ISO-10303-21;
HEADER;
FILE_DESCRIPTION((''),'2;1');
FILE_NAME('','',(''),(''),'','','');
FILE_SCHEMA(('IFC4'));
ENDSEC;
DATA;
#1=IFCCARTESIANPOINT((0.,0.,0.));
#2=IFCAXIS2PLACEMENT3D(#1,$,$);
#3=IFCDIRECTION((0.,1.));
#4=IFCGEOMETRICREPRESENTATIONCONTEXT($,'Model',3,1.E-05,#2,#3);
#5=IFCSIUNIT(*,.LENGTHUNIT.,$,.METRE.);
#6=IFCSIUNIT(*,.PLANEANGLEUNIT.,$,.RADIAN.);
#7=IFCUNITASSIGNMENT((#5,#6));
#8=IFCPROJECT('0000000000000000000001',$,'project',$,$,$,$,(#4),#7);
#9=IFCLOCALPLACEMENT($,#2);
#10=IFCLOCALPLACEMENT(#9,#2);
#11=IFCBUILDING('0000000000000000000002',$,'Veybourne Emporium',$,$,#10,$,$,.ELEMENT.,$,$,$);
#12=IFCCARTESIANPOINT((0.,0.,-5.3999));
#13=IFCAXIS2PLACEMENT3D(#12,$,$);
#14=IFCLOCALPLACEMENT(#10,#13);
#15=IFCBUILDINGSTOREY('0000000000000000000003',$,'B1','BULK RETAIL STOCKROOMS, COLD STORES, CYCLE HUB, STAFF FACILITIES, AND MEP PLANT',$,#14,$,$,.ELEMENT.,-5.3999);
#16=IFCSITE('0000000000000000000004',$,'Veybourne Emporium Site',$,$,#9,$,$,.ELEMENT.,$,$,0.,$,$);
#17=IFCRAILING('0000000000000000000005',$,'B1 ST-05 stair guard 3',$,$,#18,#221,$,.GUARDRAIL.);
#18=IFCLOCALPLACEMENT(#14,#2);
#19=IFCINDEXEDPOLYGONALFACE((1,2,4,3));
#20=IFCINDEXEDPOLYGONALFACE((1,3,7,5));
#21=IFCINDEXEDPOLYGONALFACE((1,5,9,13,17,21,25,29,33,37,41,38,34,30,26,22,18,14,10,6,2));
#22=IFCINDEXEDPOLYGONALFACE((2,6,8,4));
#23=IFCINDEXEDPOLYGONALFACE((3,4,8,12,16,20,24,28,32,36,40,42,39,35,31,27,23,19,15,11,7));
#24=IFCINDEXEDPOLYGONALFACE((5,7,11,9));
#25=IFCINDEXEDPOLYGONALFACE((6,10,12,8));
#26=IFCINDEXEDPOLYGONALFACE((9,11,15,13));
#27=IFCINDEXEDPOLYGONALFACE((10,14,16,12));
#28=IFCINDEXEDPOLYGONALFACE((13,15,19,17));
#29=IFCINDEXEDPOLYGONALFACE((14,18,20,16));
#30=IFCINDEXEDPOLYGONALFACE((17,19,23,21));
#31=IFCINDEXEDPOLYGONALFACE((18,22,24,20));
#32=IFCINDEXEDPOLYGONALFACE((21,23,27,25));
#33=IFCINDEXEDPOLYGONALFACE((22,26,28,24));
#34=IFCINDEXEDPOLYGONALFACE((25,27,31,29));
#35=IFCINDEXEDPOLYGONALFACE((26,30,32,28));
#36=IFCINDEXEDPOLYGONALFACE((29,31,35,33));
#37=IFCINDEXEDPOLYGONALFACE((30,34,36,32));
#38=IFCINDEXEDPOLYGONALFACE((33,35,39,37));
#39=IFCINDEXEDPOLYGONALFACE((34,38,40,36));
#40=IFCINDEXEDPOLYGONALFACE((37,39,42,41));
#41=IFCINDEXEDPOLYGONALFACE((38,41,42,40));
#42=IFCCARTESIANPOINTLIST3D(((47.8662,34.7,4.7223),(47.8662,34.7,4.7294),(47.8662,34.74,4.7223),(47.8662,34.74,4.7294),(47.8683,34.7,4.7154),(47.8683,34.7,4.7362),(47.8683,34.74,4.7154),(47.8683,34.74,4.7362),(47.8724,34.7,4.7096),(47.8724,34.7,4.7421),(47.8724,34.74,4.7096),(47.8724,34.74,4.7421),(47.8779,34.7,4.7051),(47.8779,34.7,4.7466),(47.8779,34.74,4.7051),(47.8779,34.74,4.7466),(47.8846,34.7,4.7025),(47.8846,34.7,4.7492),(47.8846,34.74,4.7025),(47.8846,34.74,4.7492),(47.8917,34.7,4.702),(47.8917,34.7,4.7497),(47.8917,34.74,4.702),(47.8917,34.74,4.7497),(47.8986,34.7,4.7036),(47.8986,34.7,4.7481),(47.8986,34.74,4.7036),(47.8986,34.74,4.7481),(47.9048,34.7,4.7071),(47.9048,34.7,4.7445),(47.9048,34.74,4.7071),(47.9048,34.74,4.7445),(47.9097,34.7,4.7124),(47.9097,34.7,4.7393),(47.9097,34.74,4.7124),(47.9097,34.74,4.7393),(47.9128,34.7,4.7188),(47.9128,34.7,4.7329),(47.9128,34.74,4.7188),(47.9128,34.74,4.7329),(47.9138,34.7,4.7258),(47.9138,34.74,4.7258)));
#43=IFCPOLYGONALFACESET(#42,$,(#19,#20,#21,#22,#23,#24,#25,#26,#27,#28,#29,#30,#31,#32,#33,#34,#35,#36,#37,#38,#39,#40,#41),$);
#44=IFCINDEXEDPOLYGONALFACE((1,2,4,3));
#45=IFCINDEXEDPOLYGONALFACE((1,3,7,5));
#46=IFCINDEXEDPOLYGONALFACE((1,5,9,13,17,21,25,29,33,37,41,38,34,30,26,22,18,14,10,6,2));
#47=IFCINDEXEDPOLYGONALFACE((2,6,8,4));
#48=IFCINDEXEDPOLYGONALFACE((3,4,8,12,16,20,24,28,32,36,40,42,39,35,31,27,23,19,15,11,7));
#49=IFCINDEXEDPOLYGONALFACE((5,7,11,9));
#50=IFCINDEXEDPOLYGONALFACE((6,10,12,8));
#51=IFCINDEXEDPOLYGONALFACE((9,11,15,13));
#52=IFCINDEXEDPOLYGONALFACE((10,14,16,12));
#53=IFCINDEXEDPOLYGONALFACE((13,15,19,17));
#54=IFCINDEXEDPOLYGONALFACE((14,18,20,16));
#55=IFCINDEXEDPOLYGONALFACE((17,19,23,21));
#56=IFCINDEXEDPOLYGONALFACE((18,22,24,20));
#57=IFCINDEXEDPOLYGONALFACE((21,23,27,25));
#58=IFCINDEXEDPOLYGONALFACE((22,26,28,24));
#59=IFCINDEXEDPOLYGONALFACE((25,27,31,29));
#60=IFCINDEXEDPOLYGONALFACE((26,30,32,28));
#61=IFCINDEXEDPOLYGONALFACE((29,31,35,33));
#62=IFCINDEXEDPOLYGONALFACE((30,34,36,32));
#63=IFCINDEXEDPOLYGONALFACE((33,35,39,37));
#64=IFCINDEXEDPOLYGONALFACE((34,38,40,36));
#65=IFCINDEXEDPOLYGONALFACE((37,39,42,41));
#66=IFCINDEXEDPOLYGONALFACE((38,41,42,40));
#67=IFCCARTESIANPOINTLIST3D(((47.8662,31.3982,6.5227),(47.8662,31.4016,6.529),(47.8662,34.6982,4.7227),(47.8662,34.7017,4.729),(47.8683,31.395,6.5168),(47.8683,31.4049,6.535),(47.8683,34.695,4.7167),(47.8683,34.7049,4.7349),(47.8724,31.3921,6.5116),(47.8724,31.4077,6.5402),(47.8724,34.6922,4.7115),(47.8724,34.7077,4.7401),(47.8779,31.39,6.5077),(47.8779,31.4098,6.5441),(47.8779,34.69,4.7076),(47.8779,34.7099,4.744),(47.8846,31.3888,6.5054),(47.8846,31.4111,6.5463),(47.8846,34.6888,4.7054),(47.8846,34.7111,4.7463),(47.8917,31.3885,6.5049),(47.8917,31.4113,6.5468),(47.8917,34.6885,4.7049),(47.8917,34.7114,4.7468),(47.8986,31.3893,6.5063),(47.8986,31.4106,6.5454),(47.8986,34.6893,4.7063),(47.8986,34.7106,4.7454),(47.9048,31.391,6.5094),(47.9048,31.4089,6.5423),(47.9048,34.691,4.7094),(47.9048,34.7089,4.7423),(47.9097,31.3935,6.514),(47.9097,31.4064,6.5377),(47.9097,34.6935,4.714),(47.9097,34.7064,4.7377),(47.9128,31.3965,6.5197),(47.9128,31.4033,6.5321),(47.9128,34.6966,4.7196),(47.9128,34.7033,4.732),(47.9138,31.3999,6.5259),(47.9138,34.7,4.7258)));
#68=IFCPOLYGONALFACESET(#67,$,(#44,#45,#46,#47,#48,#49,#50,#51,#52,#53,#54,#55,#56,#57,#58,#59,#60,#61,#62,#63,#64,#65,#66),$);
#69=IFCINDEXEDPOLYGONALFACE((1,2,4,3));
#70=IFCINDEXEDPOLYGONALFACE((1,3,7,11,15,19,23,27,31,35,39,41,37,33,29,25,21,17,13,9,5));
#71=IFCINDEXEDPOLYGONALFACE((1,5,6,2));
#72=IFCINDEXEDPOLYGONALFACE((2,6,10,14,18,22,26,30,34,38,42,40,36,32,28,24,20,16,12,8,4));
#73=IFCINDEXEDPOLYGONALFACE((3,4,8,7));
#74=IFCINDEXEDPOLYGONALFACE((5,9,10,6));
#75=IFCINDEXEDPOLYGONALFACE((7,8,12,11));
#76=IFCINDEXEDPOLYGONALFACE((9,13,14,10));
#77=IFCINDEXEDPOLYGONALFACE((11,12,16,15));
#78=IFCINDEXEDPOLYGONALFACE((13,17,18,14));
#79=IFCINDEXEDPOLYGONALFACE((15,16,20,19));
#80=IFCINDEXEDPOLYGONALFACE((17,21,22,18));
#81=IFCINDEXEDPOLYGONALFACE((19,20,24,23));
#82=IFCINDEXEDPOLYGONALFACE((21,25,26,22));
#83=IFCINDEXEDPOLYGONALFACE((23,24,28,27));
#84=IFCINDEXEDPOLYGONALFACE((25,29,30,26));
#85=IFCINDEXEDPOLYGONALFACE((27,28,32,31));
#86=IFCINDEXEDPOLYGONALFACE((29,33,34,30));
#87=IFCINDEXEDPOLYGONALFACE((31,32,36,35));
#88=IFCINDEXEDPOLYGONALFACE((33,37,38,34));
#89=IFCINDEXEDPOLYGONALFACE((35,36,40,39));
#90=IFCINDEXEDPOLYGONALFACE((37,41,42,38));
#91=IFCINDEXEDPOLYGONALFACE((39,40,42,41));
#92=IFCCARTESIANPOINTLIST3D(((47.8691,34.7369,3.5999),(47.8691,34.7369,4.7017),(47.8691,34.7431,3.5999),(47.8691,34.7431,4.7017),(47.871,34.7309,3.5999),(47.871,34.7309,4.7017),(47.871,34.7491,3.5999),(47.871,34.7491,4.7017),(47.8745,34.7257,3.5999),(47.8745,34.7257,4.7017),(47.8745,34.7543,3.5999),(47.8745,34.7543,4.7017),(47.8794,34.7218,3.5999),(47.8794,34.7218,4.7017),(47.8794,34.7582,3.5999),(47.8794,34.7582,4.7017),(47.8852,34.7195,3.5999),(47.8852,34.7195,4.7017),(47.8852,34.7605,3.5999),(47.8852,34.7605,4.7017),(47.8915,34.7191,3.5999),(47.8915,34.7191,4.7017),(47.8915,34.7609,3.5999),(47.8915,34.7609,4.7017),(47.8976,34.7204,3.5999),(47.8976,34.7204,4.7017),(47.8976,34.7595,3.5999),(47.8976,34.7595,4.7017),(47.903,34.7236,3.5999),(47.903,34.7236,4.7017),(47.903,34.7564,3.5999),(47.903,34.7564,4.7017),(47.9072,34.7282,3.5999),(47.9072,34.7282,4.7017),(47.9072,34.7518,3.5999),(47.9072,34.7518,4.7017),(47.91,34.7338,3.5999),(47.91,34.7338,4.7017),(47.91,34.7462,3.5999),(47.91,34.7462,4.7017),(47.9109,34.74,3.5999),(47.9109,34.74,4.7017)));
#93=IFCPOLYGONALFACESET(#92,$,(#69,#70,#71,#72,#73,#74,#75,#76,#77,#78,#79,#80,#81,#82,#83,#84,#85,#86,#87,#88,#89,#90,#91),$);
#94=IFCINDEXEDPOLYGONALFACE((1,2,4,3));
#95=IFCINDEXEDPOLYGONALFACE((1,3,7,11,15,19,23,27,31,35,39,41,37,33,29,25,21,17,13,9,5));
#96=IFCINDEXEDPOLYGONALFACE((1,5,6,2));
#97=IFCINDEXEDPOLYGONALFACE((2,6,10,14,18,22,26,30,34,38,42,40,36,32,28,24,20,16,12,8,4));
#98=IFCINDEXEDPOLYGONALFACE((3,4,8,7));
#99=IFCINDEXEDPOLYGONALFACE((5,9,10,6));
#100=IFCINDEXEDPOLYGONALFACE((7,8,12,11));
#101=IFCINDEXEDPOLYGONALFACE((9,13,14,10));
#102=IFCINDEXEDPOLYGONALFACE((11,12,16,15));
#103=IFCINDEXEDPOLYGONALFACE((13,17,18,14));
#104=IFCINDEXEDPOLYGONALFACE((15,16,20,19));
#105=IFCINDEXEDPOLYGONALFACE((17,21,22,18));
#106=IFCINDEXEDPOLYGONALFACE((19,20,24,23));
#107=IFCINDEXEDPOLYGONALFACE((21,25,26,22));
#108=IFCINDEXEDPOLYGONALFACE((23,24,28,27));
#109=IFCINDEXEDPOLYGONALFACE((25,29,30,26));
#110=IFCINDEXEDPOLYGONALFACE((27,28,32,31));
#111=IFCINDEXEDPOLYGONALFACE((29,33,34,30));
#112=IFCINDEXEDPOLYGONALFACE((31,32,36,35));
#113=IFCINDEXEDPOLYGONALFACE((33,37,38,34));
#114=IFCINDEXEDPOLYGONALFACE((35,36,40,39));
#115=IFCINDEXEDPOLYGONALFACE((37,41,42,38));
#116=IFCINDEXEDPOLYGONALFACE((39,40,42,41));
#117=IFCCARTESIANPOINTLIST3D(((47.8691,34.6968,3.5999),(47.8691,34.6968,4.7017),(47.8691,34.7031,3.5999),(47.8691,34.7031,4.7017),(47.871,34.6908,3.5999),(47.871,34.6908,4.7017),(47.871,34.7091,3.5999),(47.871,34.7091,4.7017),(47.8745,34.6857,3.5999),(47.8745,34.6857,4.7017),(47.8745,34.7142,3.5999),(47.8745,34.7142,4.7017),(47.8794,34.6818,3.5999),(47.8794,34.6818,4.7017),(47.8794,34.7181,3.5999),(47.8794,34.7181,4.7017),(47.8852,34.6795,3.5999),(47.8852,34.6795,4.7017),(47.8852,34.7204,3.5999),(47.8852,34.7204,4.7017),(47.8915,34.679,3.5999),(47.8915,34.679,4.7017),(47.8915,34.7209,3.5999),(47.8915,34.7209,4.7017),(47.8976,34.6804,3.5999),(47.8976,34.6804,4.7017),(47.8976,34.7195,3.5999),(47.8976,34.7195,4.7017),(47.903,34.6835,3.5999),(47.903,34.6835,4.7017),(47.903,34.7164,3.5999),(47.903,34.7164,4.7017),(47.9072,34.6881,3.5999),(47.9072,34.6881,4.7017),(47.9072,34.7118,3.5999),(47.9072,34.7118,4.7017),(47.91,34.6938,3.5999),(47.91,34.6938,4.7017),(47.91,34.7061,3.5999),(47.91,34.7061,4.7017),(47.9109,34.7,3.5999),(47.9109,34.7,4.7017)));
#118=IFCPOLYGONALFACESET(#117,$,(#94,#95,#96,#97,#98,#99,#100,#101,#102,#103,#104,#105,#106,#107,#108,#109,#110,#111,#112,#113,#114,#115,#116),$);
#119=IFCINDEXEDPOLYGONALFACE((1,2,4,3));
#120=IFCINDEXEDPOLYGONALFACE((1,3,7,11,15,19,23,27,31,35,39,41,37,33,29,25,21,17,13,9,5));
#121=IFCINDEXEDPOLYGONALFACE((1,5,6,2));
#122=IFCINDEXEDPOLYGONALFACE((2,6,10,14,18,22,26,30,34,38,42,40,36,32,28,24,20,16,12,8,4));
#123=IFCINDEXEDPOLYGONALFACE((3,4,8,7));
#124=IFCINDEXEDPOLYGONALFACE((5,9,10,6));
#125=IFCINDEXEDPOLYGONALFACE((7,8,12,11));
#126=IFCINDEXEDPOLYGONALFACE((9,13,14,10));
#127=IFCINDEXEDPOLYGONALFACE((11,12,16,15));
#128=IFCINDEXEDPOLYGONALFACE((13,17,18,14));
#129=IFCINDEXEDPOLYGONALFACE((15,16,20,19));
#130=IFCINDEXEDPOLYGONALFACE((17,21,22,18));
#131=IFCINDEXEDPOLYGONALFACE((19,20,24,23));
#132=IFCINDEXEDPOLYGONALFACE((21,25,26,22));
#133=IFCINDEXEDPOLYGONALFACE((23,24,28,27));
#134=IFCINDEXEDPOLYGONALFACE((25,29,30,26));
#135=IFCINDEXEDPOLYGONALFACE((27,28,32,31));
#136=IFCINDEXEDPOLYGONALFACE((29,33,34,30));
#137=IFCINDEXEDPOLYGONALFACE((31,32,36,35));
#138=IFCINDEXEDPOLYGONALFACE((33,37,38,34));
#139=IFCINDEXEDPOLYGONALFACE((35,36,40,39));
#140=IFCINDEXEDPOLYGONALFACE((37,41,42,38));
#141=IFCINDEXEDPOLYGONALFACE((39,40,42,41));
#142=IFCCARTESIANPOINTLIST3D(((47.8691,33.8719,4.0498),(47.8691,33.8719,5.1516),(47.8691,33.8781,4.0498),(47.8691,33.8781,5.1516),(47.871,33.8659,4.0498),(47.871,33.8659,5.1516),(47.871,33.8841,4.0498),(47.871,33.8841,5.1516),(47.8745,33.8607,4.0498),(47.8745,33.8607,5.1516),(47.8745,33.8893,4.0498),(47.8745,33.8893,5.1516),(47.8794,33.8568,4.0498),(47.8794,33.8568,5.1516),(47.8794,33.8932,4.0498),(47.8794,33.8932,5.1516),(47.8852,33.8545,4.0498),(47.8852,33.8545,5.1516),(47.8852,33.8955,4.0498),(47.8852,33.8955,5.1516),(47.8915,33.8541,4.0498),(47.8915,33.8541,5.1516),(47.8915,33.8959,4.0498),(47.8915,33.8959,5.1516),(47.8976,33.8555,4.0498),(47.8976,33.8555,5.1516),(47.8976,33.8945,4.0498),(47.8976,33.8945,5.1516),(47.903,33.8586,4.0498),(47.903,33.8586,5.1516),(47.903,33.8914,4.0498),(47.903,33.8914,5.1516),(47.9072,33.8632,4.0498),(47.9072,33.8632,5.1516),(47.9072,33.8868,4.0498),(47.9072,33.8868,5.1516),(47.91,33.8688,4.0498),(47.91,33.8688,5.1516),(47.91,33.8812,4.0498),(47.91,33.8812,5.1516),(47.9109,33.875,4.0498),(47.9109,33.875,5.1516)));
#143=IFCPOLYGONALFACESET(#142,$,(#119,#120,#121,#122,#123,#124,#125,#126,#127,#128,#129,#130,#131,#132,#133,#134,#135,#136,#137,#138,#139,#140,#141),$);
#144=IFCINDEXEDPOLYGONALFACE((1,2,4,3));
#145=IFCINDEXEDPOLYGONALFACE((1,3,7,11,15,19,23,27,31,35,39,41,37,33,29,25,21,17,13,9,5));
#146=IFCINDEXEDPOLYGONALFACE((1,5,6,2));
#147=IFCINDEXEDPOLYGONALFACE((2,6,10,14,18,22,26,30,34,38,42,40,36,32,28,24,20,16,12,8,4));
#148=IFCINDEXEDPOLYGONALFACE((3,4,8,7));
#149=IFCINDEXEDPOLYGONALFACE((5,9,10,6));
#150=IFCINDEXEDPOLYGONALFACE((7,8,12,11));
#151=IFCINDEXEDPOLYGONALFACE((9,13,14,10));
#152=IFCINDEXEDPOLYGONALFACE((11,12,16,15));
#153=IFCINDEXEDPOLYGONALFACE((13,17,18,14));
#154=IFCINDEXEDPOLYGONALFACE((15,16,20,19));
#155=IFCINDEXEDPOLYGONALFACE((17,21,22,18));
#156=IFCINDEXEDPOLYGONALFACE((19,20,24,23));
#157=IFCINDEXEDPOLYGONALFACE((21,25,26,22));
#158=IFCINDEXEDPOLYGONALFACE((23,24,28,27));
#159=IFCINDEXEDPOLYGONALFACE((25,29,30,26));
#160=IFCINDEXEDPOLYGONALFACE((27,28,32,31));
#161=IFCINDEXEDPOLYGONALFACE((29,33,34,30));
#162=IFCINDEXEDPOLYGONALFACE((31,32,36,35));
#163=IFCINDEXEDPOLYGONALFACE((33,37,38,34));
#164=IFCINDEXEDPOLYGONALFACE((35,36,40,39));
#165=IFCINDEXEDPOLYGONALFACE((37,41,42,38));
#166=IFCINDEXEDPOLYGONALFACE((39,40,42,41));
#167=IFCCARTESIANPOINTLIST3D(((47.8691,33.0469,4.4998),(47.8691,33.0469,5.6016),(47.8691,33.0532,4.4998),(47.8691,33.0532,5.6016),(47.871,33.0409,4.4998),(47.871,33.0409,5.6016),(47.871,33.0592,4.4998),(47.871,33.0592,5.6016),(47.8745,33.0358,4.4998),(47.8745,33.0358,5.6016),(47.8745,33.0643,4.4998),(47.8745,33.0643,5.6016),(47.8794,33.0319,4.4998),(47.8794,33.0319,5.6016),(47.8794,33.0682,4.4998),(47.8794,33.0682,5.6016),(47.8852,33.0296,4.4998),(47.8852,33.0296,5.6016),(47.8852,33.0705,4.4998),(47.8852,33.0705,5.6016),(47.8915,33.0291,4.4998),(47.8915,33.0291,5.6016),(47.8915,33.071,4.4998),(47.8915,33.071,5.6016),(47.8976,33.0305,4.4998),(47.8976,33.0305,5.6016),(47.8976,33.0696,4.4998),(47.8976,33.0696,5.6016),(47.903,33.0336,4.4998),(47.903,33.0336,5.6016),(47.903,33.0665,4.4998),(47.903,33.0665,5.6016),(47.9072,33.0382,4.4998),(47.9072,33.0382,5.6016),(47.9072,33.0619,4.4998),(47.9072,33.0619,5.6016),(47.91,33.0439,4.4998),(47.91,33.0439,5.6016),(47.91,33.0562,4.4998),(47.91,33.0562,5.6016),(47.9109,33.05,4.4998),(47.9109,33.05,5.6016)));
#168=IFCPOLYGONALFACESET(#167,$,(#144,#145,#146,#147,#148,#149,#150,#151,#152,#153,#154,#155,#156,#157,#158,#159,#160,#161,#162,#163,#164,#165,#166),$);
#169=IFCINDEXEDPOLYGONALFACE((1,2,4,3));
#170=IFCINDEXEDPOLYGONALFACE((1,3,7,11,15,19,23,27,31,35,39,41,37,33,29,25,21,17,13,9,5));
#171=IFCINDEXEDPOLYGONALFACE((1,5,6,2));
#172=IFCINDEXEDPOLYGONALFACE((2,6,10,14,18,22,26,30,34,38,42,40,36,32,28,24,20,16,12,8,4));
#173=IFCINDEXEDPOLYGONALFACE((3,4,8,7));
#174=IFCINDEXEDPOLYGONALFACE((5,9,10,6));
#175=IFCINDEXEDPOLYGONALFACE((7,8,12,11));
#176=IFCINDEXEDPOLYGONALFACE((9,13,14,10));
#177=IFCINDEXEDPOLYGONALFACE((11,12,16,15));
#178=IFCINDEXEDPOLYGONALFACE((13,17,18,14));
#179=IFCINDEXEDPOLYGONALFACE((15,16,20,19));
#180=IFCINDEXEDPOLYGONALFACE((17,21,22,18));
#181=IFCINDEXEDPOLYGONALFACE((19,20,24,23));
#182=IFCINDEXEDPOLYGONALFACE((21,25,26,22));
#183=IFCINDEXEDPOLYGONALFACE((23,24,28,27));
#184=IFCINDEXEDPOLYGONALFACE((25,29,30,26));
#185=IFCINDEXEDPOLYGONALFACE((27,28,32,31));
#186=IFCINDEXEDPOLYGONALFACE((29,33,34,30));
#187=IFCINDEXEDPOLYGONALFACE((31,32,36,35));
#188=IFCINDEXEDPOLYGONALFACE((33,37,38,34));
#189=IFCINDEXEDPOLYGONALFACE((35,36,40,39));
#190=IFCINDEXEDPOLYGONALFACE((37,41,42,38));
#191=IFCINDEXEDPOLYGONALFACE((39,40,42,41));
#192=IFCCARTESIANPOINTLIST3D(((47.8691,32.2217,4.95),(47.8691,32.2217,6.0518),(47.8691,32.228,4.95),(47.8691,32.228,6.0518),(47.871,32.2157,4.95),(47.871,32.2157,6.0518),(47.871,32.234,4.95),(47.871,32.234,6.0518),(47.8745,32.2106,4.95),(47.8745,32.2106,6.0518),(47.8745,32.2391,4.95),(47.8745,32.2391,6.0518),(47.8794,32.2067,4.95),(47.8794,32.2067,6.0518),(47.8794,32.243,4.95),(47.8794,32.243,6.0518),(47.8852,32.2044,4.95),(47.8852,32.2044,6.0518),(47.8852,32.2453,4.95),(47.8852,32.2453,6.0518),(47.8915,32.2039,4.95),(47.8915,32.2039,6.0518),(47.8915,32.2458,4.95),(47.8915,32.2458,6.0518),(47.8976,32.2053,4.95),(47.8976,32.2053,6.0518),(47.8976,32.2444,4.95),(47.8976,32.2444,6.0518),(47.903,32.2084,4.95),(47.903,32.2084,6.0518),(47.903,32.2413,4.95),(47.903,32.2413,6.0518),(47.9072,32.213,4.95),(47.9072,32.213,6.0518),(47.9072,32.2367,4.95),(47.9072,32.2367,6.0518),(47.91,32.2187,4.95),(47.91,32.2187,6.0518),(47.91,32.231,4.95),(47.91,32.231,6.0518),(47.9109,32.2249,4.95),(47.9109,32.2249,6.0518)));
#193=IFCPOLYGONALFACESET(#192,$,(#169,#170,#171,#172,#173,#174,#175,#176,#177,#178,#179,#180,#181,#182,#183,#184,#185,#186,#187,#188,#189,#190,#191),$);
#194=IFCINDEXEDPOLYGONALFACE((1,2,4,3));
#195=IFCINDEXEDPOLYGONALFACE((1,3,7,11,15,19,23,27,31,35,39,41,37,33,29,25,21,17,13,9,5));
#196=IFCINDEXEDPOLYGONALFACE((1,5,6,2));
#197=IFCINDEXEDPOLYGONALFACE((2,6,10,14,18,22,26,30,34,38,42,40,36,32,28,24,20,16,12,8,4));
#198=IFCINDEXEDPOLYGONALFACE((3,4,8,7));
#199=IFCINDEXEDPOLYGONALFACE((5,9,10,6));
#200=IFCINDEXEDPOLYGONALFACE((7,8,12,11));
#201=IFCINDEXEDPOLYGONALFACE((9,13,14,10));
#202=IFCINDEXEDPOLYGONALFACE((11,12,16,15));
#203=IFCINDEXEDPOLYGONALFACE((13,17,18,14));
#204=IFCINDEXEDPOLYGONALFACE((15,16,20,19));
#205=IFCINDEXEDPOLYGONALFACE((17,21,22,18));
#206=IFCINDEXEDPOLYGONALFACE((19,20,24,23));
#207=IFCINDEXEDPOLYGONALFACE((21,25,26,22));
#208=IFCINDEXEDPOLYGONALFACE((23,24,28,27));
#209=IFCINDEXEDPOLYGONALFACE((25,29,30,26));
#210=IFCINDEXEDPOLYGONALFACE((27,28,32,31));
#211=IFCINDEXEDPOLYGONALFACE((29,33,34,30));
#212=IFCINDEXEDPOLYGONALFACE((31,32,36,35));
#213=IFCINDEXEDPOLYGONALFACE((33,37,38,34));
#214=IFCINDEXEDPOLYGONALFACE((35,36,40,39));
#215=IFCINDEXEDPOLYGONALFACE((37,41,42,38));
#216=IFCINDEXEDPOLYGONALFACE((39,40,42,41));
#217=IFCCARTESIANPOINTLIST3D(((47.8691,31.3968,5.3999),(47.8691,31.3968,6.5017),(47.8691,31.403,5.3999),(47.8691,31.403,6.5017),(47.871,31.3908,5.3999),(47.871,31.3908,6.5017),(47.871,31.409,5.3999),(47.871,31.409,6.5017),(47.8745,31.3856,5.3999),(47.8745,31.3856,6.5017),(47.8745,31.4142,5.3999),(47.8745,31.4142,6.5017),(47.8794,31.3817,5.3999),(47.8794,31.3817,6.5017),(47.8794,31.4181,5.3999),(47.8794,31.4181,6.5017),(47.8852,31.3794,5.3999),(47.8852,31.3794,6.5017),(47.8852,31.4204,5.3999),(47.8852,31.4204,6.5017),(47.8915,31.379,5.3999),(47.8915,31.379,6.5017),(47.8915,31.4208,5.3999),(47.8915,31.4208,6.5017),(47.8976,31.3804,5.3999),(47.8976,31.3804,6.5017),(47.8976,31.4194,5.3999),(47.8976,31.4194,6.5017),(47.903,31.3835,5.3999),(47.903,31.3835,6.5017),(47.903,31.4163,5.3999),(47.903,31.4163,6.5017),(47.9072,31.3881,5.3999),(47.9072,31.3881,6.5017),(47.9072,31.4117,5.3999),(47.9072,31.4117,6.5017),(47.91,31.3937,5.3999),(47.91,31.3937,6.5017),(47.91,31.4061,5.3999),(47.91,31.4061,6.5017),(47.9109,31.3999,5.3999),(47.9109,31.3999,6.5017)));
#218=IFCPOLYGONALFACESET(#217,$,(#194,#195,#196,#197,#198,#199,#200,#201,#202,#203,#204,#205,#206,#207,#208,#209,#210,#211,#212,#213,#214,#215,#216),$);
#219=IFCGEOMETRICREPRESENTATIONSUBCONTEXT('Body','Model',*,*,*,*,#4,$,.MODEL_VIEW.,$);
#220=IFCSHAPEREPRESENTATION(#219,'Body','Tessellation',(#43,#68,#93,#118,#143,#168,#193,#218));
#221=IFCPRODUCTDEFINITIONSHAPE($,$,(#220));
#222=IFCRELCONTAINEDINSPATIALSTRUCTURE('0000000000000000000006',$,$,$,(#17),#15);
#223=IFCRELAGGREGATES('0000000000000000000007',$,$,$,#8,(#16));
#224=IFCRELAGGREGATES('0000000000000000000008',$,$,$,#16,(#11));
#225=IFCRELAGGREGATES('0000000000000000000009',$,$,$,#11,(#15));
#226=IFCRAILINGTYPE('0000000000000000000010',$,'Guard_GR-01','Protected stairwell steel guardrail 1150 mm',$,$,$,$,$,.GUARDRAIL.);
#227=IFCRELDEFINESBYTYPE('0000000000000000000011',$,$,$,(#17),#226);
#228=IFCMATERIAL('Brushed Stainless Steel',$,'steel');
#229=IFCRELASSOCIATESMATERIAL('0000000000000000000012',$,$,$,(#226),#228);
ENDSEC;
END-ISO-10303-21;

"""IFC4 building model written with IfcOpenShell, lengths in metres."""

from ifc_helpers import new_model, si_unit, direction, frame, origin, origin_2d, place, context, subcontext, project, spatial, circle, extrude, material, type_object, element, save


model = new_model("IFC4")

# Units and contexts
model_context = context("Model", 3, precision=1e-05, world=origin(), true_north=direction((0.0, 1.0)))
body_context = subcontext(model_context, "Body", "Model", "MODEL_VIEW")
ifc_project = project(units=[si_unit("LENGTHUNIT", "METRE"), si_unit("PLANEANGLEUNIT", "RADIAN")], contexts=[model_context])

# Site, building, storey
site_placement = place(None, origin())
site = spatial("IfcSite", under=ifc_project, at=site_placement, Name="Veybourne Emporium Site", CompositionType="ELEMENT", RefElevation=0.0)
building_placement = place(site_placement, origin())
building = spatial("IfcBuilding", under=site, at=building_placement, Name="Veybourne Emporium", CompositionType="ELEMENT")
storey_placement = place(building_placement, frame((0.0, 0.0, -5.3999)))
storey = spatial("IfcBuildingStorey", under=building, at=storey_placement, Name="B1", Description="BULK RETAIL STOCKROOMS, COLD STORES, CYCLE HUB, STAFF FACILITIES, AND MEP PLANT", CompositionType="ELEMENT", Elevation=-5.3999)

# Railing
ifc_material_1 = material(Name="Brushed Stainless Steel", Category="steel")
railing_type_1 = type_object("IfcRailingType", Name="Guard_GR-01", Description="Protected stairwell steel guardrail 1150 mm", PredefinedType="GUARDRAIL", material=ifc_material_1)
railing_1_placement = place(storey_placement, frame((47.8899, 34.74, 3.5999)))
element("IfcRailing", 1, at=railing_1_placement, inside=storey, type_object=railing_type_1, Name="B1 ST-05 stair guard 3", PredefinedType="GUARDRAIL", context=body_context, shape_type="SweptSolid", body=[
    extrude(circle(Radius=0.0239, at=origin_2d()), frame((0.0, 0.0, 1.126), z_axis=(0.0, -1.0, 0.0), x_axis=(1.0, 0.0, 0.0)), (0.0, 0.0, 1.0), 0.04),
    extrude(circle(Radius=0.0239, at=origin_2d()), frame((0.0, -0.04, 1.126), z_axis=(0.0, -0.877893, 0.478857), x_axis=(1.0, 0.0, 0.0)), (0.0, 0.0, 1.0), 3.759),
    extrude(circle(Radius=0.021, at=origin_2d()), origin(), (0.0, 0.0, 1.0), 1.1018),
    extrude(circle(Radius=0.021, at=origin_2d()), frame((0.0, -0.04, 0.0)), (0.0, 0.0, 1.0), 1.1018),
    extrude(circle(Radius=0.021, at=origin_2d()), frame((0.0, -0.865, 0.45)), (0.0, 0.0, 1.0), 1.1018),
    extrude(circle(Radius=0.021, at=origin_2d()), frame((0.0, -1.6899, 0.8999)), (0.0, 0.0, 1.0), 1.1018),
    extrude(circle(Radius=0.021, at=origin_2d()), frame((0.0, -2.5151, 1.3501)), (0.0, 0.0, 1.0), 1.1018),
    extrude(circle(Radius=0.021, at=origin_2d()), frame((0.0, -3.3401, 1.8)), (0.0, 0.0, 1.0), 1.1018),
])

save(model, "model.ifc")
